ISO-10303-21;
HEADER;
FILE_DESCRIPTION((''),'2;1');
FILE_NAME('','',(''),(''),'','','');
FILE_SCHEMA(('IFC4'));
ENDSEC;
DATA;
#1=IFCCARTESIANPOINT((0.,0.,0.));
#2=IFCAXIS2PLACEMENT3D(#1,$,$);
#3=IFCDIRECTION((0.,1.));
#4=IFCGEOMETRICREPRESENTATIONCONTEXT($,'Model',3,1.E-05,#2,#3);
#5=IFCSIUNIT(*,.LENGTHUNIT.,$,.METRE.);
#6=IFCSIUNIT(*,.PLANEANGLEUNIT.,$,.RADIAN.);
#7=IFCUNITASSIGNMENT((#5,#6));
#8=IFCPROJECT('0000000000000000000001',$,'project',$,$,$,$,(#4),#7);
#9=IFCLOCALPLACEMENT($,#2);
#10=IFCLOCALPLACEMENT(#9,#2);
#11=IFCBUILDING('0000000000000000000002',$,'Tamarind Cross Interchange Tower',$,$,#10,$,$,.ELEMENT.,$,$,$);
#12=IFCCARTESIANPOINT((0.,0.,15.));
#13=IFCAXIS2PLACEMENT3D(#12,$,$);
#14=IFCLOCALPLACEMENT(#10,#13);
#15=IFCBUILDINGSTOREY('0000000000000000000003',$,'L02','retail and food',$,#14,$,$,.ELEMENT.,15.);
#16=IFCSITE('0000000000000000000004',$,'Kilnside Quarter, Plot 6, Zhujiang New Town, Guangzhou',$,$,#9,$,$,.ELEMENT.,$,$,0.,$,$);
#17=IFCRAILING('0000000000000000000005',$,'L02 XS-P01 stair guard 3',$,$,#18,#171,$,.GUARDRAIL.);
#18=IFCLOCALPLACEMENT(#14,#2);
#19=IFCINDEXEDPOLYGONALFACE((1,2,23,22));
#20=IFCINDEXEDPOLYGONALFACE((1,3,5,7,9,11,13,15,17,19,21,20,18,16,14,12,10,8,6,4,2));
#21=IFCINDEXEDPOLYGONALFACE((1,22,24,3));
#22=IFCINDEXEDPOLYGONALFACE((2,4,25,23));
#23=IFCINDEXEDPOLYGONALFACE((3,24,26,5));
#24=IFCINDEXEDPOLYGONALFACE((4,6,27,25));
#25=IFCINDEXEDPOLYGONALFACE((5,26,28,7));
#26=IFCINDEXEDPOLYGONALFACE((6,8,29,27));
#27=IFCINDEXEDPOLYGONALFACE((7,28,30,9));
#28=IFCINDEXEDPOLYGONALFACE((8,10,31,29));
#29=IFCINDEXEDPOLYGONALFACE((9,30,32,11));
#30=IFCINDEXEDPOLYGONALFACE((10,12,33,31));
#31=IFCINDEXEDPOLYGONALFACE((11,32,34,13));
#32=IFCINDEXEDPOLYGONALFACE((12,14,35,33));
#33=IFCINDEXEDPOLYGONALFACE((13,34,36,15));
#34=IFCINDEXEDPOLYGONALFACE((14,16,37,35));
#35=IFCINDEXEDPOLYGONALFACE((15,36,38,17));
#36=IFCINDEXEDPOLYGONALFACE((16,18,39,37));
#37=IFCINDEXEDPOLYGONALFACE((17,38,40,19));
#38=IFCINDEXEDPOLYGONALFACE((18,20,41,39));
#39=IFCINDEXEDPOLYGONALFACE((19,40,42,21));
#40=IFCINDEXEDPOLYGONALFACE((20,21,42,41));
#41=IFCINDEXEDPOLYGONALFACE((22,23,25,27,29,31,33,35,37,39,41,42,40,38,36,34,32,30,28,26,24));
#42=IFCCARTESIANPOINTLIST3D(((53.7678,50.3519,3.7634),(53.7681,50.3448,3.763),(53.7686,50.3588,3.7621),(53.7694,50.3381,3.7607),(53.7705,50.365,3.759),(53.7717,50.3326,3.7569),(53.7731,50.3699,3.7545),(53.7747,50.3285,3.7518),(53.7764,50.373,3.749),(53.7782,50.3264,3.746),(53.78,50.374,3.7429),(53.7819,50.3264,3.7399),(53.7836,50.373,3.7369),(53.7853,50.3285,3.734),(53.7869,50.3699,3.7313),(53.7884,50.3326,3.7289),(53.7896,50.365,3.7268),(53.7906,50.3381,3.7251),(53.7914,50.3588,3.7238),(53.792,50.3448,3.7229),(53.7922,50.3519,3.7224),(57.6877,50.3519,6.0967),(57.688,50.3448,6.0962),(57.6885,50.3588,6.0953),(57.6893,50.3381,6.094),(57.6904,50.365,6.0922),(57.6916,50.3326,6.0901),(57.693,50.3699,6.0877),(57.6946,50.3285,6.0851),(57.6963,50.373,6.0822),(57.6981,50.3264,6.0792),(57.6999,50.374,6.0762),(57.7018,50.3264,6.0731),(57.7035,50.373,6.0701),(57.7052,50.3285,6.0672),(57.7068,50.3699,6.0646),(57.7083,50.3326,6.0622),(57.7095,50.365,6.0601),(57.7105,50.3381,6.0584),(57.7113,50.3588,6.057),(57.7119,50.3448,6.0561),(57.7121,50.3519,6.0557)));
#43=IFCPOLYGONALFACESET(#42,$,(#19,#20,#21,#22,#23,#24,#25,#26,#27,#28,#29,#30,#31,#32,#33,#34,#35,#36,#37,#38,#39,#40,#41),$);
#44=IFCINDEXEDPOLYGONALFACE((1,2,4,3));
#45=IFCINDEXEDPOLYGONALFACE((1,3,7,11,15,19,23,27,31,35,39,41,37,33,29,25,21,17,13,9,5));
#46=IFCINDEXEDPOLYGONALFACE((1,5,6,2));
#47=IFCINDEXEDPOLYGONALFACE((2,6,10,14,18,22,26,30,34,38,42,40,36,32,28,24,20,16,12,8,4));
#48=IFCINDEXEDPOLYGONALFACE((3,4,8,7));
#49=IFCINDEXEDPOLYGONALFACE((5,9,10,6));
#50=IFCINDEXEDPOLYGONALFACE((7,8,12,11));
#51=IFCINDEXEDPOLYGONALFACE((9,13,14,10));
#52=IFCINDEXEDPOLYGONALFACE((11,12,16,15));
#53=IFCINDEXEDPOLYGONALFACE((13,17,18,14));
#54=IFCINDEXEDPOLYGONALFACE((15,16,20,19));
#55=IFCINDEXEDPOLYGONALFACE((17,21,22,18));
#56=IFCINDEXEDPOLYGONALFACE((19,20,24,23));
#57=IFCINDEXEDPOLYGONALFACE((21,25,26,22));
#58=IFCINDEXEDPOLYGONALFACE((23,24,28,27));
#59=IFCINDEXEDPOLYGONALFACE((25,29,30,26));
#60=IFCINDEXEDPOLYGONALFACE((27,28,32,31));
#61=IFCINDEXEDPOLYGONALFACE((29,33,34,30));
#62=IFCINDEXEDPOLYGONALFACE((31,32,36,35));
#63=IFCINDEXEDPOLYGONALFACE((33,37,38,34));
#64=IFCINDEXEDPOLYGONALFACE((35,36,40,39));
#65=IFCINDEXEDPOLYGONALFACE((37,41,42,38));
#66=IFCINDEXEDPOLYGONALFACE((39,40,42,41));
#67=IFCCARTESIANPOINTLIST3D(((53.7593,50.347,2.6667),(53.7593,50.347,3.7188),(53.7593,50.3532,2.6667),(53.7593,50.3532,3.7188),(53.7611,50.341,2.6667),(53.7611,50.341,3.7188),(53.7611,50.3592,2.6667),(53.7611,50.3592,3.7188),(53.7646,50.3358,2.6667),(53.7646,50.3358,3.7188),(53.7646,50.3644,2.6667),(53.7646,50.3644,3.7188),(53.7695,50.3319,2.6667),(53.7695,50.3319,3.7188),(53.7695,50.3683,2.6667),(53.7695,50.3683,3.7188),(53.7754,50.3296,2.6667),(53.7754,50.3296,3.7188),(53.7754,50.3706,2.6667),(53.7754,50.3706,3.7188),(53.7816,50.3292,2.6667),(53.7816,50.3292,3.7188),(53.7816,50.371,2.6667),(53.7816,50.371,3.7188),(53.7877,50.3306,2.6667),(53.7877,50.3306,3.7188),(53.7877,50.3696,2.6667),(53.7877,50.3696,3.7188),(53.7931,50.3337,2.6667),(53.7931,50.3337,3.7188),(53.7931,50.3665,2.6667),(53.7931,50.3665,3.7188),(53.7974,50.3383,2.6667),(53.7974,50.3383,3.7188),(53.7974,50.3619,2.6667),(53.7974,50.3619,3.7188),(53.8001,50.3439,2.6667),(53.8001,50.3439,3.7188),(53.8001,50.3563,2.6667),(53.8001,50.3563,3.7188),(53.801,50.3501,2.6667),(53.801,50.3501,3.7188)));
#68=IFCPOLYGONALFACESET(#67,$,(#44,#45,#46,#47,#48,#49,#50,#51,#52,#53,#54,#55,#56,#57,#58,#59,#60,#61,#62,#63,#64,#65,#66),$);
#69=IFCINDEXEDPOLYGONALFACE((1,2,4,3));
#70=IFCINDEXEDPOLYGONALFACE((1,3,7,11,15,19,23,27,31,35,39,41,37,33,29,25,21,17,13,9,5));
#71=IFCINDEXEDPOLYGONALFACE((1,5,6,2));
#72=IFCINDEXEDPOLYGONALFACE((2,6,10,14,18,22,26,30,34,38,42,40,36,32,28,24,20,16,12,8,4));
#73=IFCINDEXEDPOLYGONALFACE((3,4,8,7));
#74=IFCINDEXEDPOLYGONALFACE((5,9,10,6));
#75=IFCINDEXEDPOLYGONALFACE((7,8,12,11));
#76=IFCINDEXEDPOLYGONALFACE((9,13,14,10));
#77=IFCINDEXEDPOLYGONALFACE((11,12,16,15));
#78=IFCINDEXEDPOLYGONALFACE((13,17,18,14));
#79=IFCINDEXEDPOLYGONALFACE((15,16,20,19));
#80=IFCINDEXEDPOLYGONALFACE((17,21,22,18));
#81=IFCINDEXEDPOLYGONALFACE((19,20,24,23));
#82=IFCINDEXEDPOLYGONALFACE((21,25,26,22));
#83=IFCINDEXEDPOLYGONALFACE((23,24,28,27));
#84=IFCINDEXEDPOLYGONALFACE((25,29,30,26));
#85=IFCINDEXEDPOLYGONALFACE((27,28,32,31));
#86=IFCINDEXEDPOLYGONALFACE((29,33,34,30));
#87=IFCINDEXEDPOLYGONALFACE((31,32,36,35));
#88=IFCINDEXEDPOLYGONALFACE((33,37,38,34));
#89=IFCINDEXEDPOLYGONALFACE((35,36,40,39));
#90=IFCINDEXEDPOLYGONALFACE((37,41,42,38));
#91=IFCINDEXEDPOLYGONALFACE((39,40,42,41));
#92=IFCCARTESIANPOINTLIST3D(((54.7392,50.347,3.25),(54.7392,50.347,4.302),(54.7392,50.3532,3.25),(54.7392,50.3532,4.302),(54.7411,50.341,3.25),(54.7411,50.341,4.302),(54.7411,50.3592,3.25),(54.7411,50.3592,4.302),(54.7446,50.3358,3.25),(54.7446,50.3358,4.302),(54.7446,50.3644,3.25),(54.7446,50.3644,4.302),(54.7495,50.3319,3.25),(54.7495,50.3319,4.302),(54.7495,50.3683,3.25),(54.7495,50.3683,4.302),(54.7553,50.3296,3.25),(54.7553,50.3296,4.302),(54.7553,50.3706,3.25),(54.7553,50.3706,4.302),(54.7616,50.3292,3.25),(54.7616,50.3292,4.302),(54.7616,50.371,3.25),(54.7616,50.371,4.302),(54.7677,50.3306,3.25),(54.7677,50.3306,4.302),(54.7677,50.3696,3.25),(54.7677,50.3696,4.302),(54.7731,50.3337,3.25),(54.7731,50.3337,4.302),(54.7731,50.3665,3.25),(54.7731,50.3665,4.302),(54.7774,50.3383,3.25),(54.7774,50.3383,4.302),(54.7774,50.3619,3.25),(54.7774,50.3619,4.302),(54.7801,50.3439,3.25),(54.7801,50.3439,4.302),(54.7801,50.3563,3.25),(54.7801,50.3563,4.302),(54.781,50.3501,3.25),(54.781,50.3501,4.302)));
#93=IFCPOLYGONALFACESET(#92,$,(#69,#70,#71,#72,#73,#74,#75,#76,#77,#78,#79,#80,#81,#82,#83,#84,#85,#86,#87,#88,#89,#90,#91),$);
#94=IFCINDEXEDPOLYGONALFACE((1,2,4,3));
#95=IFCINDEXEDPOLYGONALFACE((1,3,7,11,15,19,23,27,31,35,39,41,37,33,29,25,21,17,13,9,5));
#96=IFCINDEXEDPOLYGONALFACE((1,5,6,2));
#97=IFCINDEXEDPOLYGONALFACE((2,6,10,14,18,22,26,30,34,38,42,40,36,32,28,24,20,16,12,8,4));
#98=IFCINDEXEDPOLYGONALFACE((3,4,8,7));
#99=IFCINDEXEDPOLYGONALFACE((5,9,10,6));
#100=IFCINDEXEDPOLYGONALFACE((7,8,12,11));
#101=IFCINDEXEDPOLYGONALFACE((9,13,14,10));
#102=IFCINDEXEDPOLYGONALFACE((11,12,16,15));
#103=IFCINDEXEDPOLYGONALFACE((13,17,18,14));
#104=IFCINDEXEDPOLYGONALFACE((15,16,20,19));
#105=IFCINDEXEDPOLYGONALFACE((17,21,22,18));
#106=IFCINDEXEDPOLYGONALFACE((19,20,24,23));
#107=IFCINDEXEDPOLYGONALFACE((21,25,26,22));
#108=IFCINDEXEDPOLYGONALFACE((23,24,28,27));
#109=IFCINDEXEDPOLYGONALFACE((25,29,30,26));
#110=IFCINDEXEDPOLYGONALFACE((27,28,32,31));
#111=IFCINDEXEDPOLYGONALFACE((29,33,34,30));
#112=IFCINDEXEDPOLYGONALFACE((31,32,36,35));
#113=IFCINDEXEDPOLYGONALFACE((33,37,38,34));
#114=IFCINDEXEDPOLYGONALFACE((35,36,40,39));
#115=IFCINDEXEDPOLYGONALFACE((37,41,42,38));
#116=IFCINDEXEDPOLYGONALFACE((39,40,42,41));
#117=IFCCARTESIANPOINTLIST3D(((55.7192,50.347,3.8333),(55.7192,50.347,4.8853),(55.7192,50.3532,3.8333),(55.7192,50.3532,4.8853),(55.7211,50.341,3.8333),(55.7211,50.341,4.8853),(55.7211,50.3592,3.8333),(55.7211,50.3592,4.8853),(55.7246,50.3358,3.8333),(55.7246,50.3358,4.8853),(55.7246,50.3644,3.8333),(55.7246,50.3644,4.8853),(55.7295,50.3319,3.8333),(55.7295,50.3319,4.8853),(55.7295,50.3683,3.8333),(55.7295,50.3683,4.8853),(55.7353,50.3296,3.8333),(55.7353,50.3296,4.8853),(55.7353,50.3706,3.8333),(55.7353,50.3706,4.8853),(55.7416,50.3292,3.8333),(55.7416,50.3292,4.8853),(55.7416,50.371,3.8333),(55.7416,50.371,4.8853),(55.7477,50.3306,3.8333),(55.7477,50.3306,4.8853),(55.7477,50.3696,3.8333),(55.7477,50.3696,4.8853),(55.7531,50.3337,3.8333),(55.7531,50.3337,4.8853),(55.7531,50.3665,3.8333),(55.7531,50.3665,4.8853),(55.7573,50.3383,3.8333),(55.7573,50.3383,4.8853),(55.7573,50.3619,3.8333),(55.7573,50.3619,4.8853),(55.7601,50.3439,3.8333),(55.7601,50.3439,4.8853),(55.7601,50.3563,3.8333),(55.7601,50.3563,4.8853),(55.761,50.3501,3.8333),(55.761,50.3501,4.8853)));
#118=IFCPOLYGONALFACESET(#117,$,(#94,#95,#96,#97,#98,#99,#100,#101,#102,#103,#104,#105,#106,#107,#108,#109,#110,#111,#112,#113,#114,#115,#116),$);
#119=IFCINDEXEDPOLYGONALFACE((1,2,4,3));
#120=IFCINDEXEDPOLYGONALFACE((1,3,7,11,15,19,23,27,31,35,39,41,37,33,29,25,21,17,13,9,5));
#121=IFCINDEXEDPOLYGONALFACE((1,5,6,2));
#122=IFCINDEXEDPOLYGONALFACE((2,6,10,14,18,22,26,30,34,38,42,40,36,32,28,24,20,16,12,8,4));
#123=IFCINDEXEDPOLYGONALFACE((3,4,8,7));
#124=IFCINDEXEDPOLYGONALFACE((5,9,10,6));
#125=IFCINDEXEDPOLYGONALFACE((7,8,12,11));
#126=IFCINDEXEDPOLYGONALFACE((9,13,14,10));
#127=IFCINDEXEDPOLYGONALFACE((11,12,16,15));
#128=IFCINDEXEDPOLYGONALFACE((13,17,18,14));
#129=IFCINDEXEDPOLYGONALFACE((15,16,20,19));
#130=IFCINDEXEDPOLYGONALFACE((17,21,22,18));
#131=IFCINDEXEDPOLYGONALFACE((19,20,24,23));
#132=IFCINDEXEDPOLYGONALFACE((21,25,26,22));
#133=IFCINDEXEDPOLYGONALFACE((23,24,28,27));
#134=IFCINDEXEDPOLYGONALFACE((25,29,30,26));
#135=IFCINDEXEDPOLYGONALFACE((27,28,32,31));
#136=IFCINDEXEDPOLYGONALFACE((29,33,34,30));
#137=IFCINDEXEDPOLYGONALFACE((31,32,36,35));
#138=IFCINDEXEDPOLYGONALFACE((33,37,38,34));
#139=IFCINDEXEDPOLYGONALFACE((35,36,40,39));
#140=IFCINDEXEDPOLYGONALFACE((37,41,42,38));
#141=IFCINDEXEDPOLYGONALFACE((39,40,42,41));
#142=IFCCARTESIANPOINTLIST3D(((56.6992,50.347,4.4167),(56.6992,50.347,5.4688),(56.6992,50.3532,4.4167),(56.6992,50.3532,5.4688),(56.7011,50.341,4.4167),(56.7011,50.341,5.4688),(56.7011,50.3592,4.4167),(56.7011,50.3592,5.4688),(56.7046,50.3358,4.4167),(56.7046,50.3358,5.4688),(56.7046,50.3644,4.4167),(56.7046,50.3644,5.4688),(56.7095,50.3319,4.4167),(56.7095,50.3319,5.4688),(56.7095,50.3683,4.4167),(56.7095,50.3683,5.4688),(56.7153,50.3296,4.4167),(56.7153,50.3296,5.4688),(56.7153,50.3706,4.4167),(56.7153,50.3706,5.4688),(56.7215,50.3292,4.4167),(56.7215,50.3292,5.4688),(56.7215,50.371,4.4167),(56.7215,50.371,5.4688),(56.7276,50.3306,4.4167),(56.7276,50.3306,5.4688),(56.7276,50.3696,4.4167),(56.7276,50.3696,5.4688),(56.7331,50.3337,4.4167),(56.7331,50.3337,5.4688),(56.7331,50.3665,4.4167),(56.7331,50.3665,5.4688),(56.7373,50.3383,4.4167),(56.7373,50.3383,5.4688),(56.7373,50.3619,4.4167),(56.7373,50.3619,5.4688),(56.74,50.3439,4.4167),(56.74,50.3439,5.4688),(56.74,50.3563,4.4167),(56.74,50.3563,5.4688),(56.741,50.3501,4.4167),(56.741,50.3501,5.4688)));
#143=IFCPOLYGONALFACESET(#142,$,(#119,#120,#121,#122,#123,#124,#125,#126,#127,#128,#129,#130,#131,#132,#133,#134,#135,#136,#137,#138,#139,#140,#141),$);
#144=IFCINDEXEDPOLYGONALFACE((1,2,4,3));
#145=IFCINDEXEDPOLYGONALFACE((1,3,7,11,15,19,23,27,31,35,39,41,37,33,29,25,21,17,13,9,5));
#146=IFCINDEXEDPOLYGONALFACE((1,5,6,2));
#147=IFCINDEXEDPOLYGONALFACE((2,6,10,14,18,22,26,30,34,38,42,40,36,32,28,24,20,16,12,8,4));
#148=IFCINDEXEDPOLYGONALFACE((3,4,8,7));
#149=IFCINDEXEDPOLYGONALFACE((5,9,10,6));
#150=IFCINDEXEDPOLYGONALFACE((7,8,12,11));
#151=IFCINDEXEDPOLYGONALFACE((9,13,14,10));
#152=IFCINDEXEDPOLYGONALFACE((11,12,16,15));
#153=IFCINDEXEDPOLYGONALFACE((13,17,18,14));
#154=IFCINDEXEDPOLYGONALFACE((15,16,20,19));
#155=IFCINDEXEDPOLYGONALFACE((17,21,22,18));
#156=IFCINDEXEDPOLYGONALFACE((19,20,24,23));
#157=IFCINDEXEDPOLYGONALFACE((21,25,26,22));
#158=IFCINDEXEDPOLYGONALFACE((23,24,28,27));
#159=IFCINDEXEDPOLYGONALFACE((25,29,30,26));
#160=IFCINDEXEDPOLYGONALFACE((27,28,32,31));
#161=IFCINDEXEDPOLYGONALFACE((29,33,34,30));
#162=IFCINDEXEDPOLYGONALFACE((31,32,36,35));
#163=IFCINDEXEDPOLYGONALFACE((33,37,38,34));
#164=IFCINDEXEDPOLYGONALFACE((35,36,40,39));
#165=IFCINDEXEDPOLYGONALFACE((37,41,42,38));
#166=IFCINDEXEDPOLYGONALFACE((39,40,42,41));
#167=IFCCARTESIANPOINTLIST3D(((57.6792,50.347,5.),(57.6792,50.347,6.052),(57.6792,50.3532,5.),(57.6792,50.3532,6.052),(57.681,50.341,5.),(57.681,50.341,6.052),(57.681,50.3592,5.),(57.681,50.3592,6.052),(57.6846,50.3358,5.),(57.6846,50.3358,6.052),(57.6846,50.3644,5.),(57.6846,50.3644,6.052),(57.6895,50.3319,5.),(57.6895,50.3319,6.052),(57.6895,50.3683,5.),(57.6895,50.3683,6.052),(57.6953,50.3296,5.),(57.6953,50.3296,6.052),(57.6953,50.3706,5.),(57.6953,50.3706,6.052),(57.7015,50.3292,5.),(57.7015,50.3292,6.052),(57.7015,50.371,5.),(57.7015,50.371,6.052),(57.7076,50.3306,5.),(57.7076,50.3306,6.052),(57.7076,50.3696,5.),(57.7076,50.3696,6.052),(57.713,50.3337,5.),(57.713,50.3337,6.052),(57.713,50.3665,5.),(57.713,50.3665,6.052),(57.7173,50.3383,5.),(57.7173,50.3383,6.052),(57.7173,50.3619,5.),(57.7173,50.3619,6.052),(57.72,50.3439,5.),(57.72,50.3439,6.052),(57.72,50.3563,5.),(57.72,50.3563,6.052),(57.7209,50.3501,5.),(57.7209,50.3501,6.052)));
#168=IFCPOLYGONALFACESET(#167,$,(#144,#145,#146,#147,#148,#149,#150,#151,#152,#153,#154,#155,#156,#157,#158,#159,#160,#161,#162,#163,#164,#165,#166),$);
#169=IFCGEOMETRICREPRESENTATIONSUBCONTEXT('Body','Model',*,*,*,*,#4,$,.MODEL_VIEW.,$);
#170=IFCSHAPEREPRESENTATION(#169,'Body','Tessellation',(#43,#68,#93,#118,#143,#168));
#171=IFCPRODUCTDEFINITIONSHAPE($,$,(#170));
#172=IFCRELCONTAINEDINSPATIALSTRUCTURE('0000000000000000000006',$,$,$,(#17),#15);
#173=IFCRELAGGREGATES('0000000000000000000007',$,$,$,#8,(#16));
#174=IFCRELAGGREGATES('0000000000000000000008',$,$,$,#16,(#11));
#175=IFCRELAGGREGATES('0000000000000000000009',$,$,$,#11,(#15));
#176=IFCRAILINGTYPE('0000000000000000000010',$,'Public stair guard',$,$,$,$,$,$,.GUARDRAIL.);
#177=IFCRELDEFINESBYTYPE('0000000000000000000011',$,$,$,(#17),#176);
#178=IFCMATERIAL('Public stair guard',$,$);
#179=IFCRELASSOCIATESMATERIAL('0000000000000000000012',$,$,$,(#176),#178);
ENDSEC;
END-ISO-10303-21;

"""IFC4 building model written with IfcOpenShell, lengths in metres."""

from ifc_helpers import new_model, si_unit, direction, frame, origin, origin_2d, place, context, subcontext, project, spatial, circle, extrude, material, type_object, element, save


model = new_model("IFC4")

# Units and contexts
model_context = context("Model", 3, precision=1e-05, world=origin(), true_north=direction((0.0, 1.0)))
body_context = subcontext(model_context, "Body", "Model", "MODEL_VIEW")
ifc_project = project(units=[si_unit("LENGTHUNIT", "METRE"), si_unit("PLANEANGLEUNIT", "RADIAN")], contexts=[model_context])

# Site, building, storey
site_placement = place(None, origin())
site = spatial("IfcSite", under=ifc_project, at=site_placement, Name="Kilnside Quarter, Plot 6, Zhujiang New Town, Guangzhou", CompositionType="ELEMENT", RefElevation=0.0)
building_placement = place(site_placement, origin())
building = spatial("IfcBuilding", under=site, at=building_placement, Name="Tamarind Cross Interchange Tower", CompositionType="ELEMENT")
storey_placement = place(building_placement, frame((0.0, 0.0, 15.0)))
storey = spatial("IfcBuildingStorey", under=building, at=storey_placement, Name="L02", Description="retail and food", CompositionType="ELEMENT", Elevation=15.0)

# Railing
ifc_material_1 = material(Name="Public stair guard")
railing_type_1 = type_object("IfcRailingType", Name="Public stair guard", PredefinedType="GUARDRAIL", material=ifc_material_1)
railing_1_placement = place(storey_placement, frame((53.78, 50.3501, 2.6667)))
element("IfcRailing", 1, at=railing_1_placement, inside=storey, type_object=railing_type_1, Name="L02 XS-P01 stair guard 3", PredefinedType="GUARDRAIL", context=body_context, shape_type="SweptSolid", body=[
    extrude(circle(Radius=0.0239, at=origin_2d()), frame((0.0, 0.0, 1.0762), z_axis=(0.859296, 0.0, 0.511478), x_axis=(0.0, 1.0, 0.0)), (0.0, 0.0, 1.0), 4.5618),
    extrude(circle(Radius=0.021, at=origin_2d()), origin(), (0.0, 0.0, 1.0), 1.052),
    extrude(circle(Radius=0.021, at=origin_2d()), frame((0.98, 0.0, 0.5833)), (0.0, 0.0, 1.0), 1.052),
    extrude(circle(Radius=0.021, at=origin_2d()), frame((1.96, 0.0, 1.1665)), (0.0, 0.0, 1.0), 1.052),
    extrude(circle(Radius=0.021, at=origin_2d()), frame((2.9399, 0.0, 1.75)), (0.0, 0.0, 1.0), 1.052),
    extrude(circle(Radius=0.021, at=origin_2d()), frame((3.9199, 0.0, 2.3333)), (0.0, 0.0, 1.0), 1.052),
])

save(model, "model.ifc")
